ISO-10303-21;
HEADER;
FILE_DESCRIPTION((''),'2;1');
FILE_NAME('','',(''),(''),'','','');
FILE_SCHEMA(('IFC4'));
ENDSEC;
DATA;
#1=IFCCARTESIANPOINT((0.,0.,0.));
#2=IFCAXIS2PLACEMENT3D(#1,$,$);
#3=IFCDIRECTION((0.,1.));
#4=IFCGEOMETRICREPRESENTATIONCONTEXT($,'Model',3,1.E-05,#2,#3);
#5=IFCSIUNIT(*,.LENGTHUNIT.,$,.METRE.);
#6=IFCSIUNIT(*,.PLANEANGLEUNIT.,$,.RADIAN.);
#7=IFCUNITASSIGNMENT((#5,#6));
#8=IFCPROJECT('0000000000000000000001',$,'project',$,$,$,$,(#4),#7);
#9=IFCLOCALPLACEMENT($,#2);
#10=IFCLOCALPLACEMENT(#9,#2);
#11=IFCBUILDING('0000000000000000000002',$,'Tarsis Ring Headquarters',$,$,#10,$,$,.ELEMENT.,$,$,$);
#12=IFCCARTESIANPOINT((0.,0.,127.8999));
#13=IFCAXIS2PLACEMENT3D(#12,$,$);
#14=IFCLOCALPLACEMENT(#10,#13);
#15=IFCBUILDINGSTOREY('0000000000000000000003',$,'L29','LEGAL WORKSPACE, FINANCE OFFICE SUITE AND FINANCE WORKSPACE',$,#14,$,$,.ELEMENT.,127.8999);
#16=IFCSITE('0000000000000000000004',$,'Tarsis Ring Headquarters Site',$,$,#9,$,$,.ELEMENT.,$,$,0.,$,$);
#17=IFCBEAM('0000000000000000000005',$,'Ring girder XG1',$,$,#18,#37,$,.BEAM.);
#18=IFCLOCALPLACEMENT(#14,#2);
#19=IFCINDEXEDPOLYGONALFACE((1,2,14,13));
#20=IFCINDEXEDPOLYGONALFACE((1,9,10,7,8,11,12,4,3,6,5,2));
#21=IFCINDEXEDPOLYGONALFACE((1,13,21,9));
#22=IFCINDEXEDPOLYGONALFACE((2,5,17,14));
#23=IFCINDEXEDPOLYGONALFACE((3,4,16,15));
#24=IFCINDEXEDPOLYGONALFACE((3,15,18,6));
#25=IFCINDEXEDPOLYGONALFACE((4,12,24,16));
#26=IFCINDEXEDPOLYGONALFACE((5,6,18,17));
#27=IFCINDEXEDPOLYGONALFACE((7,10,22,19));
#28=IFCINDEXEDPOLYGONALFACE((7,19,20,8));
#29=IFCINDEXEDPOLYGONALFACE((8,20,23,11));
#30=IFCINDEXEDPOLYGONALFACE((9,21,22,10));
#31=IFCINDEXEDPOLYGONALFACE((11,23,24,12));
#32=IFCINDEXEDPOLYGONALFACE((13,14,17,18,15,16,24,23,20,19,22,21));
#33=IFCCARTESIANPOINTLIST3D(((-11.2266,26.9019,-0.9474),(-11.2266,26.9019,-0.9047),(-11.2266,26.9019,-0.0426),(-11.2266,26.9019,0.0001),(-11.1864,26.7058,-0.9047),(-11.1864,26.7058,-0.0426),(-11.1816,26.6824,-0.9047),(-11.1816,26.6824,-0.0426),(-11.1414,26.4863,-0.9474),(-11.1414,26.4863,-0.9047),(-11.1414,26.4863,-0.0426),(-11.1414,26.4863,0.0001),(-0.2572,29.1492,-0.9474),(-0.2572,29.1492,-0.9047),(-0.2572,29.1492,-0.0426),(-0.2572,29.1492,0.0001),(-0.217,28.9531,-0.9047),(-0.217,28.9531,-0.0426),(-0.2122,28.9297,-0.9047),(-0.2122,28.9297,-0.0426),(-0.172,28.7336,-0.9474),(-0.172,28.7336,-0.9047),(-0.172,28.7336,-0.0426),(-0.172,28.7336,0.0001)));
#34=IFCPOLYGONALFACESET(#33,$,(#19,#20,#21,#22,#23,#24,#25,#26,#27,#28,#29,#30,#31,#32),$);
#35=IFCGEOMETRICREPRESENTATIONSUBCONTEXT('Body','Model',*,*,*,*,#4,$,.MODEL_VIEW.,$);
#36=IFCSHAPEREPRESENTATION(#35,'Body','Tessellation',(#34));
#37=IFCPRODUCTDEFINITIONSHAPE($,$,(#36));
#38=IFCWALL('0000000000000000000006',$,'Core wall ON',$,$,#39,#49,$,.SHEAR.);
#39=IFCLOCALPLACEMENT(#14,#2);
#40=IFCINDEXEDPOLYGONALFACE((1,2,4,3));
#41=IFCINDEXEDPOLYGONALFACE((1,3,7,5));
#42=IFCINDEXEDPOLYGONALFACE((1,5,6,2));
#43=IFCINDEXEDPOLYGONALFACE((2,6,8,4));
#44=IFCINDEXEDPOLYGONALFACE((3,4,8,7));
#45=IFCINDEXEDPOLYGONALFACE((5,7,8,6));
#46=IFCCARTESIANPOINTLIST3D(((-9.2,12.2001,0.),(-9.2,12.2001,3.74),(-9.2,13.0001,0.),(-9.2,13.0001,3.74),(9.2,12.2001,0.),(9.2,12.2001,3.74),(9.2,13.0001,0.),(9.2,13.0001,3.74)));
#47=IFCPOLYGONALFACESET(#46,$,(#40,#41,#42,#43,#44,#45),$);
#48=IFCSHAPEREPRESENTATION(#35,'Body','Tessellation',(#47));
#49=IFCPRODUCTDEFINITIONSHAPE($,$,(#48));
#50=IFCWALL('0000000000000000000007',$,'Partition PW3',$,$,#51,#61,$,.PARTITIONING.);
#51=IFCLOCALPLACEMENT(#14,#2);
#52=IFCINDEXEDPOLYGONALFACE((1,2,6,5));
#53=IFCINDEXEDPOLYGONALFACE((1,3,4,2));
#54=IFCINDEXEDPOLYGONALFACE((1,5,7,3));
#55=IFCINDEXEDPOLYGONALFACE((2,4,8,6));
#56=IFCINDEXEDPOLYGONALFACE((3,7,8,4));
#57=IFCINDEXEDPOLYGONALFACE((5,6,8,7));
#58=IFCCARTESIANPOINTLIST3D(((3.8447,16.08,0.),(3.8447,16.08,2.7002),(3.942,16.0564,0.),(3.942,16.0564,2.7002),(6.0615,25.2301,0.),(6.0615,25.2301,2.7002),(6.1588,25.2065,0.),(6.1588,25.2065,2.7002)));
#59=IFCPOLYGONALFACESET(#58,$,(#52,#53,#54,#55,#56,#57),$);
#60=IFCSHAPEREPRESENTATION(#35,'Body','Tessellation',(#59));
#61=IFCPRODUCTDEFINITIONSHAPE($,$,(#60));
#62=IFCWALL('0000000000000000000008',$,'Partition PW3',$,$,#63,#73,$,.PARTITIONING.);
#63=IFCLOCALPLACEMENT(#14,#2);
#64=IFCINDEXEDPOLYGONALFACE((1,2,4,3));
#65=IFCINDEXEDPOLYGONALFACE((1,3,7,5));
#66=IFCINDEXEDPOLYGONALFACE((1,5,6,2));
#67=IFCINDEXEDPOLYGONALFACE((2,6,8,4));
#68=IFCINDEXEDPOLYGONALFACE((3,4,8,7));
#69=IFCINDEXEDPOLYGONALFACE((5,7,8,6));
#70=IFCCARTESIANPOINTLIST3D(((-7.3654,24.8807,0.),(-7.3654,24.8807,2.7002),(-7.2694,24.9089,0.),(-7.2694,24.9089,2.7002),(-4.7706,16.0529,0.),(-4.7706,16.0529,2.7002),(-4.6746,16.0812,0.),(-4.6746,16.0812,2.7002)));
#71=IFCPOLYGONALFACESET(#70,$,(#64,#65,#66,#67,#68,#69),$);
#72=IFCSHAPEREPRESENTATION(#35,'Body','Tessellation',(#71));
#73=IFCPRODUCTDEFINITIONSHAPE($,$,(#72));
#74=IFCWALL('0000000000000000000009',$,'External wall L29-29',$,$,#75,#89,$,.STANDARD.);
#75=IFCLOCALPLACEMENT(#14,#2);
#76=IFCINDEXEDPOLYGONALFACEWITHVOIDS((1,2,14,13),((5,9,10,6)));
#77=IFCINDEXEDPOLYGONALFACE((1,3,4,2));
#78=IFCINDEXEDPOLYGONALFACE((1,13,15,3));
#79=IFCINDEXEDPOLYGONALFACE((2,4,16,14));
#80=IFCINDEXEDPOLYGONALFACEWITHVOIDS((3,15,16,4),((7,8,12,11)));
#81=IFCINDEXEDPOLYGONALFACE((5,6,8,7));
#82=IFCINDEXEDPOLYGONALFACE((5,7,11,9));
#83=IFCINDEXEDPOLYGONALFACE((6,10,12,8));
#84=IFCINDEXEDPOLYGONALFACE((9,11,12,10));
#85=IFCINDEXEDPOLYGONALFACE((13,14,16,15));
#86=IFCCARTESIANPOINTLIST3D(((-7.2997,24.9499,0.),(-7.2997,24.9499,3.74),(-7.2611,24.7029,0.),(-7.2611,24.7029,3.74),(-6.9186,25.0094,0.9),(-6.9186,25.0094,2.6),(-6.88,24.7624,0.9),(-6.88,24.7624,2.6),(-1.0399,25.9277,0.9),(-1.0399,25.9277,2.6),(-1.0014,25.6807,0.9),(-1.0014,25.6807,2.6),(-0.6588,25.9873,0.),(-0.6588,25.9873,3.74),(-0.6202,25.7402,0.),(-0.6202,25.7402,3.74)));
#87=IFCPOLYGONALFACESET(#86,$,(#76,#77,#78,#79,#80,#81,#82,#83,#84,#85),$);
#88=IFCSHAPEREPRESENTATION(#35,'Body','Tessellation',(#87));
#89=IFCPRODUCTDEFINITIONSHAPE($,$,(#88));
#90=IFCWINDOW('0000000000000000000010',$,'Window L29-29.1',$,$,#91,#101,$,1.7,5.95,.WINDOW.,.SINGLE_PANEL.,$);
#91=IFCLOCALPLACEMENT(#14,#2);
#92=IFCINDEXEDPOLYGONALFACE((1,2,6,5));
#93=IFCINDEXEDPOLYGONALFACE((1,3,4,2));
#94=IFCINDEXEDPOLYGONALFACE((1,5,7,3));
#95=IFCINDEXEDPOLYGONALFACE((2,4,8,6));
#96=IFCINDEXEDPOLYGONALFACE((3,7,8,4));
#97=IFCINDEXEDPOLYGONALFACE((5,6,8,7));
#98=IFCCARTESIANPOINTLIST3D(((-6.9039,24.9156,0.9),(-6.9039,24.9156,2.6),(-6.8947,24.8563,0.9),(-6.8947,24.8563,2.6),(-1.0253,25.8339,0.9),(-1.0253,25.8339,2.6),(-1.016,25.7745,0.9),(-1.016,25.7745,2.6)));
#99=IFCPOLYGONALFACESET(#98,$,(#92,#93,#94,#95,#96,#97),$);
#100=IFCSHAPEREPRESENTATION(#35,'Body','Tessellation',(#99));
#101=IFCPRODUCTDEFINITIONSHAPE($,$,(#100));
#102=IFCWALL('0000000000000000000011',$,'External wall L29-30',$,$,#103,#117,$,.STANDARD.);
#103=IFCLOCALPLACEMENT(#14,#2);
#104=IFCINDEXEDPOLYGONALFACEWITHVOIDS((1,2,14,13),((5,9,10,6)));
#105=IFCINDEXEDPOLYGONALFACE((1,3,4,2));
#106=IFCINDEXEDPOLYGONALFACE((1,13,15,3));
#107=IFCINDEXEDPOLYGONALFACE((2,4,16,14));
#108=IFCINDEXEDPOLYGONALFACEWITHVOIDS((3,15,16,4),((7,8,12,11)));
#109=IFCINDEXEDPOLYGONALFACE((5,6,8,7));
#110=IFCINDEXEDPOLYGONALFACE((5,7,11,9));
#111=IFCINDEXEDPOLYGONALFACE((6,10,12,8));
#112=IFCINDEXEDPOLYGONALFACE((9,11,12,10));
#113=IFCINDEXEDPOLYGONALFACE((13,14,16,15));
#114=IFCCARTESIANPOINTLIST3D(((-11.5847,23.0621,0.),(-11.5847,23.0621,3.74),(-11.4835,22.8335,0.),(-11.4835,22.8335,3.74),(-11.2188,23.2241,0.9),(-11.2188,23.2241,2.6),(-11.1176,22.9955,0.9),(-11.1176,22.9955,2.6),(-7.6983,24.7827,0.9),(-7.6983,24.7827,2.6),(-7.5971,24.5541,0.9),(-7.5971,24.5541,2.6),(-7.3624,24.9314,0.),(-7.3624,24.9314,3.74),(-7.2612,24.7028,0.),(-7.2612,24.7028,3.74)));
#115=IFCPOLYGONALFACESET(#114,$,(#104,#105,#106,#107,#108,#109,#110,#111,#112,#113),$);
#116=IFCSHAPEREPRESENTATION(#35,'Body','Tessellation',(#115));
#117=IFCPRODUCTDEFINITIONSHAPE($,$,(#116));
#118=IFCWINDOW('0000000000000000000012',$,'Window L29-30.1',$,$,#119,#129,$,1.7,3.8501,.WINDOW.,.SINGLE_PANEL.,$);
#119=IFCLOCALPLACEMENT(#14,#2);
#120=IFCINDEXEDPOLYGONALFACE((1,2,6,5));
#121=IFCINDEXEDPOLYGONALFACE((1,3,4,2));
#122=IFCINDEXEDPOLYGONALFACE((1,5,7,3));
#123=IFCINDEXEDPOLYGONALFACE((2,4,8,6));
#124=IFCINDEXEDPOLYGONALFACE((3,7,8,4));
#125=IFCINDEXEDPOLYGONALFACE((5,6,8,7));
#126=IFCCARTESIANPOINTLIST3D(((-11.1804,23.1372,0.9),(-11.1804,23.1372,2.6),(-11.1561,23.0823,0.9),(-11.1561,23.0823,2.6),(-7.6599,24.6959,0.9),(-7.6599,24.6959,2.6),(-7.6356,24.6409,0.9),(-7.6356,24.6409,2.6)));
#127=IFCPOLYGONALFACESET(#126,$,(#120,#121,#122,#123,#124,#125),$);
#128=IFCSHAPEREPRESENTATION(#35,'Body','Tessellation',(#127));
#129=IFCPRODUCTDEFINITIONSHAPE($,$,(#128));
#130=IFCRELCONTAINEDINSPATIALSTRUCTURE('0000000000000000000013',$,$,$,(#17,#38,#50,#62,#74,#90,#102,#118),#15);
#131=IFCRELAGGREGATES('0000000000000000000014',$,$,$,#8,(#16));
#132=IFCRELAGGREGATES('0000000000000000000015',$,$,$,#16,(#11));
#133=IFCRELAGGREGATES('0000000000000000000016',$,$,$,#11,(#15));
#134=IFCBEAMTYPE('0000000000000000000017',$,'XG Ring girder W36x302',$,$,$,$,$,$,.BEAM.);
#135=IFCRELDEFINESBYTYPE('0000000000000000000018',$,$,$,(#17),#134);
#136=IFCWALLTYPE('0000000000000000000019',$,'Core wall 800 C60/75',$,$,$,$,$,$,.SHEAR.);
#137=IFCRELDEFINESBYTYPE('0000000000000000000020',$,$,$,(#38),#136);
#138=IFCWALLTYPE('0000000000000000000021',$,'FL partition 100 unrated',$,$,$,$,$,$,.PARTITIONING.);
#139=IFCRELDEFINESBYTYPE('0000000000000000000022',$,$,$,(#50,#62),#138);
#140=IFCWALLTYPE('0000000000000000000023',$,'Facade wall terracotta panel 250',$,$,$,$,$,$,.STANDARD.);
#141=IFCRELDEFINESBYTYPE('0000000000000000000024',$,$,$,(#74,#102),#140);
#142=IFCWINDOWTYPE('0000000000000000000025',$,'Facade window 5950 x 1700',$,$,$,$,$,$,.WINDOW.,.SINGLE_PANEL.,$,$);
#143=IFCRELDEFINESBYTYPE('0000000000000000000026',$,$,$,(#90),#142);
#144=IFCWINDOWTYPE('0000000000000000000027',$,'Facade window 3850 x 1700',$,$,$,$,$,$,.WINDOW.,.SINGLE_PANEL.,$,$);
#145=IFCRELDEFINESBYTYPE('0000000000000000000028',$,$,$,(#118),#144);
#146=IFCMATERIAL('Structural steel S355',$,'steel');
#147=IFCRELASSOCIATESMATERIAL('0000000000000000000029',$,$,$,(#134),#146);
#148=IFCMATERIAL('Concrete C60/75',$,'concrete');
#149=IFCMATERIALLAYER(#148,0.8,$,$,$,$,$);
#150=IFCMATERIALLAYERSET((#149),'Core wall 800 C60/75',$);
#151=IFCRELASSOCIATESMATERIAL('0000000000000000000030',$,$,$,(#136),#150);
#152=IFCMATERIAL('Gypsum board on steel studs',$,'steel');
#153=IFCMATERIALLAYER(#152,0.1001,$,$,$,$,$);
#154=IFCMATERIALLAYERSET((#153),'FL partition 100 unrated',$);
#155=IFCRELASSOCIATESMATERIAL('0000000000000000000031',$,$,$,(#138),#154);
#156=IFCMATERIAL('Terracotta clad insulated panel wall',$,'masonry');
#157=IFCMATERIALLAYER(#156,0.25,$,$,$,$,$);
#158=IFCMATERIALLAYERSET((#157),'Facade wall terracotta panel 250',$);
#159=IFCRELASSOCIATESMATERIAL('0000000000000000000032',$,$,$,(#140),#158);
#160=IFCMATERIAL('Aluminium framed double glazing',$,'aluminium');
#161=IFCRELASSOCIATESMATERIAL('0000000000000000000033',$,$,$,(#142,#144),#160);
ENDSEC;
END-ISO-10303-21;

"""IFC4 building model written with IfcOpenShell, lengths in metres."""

from ifc_helpers import new_model, si_unit, direction, frame, frame_2d, origin, origin_2d, place, context, subcontext, project, spatial, rectangle, i_section, extrude, material, layer, layer_set, material_profile, profile_set, type_object, element, fill, save


model = new_model("IFC4")

# Units and contexts
model_context = context("Model", 3, precision=1e-05, world=origin(), true_north=direction((0.0, 1.0)))
body_context = subcontext(model_context, "Body", "Model", "MODEL_VIEW")
ifc_project = project(units=[si_unit("LENGTHUNIT", "METRE"), si_unit("PLANEANGLEUNIT", "RADIAN")], contexts=[model_context])

# Site, building, storey
site_placement = place(None, origin())
site = spatial("IfcSite", under=ifc_project, at=site_placement, Name="Tarsis Ring Headquarters Site", CompositionType="ELEMENT", RefElevation=0.0)
building_placement = place(site_placement, origin())
building = spatial("IfcBuilding", under=site, at=building_placement, Name="Tarsis Ring Headquarters", CompositionType="ELEMENT")
storey_placement = place(building_placement, frame((0.0, 0.0, 127.8999)))
storey = spatial("IfcBuildingStorey", under=building, at=storey_placement, Name="L29", Description="LEGAL WORKSPACE, FINANCE OFFICE SUITE AND FINANCE WORKSPACE", CompositionType="ELEMENT", Elevation=127.8999)

# Shared definitions
ifc_material_1 = material(Name="Structural steel S355", Category="steel")

# Beam
ifc_material_profile_1 = material_profile(ifc_material_1, i_section(OverallWidth=0.4243, OverallDepth=0.9475, WebThickness=0.0239, FlangeThickness=0.0427, at=origin_2d()), Name="W36x302")
ifc_profile_set_1 = profile_set([ifc_material_profile_1], Name="Structural steel S355")
beam_type_1 = type_object("IfcBeamType", Name="XG Ring girder W36x302", PredefinedType="BEAM", material=ifc_profile_set_1)
beam_1_placement = place(storey_placement, frame((-0.2146, 28.9414, -0.4736), z_axis=(-0.979653, -0.200701, 0.0), x_axis=(0.200701, -0.979653, 0.0)))
element("IfcBeam", 1, at=beam_1_placement, inside=storey, type_object=beam_type_1, Name="Ring girder XG1", PredefinedType="BEAM", context=body_context, shape_type="SweptSolid", body=[
    extrude(i_section(OverallWidth=0.4243, OverallDepth=0.9475, WebThickness=0.0239, FlangeThickness=0.0427, at=origin_2d()), origin(), (0.0, 0.0, 1.0), 11.1973),
])

# Walls
ifc_material_2 = material(Name="Concrete C60/75", Category="concrete")
ifc_layer_1 = layer(ifc_material_2, 0.8)
ifc_layer_set_1 = layer_set([ifc_layer_1], Name="Core wall 800 C60/75")
wall_type_1 = type_object("IfcWallType", Name="Core wall 800 C60/75", PredefinedType="SHEAR", material=ifc_layer_set_1)
wall_1_placement = place(storey_placement, frame((-9.2, 12.6001, 0.0), z_axis=(0.0, 0.0, 1.0), x_axis=(1.0, 0.0, 0.0)))
element("IfcWall", 2, at=wall_1_placement, inside=storey, type_object=wall_type_1, Name="Core wall ON", PredefinedType="SHEAR", context=body_context, shape_type="SweptSolid", body=[
    extrude(rectangle(XDim=18.3999, YDim=0.8, at=frame_2d((9.2, 0.0))), origin(), (0.0, 0.0, 1.0), 3.74),
])
ifc_material_3 = material(Name="Gypsum board on steel studs", Category="steel")
ifc_layer_2 = layer(ifc_material_3, 0.1001)
ifc_layer_set_2 = layer_set([ifc_layer_2], Name="FL partition 100 unrated")
wall_type_2 = type_object("IfcWallType", Name="FL partition 100 unrated", PredefinedType="PARTITIONING", material=ifc_layer_set_2)
wall_2_placement = place(storey_placement, frame((3.8933, 16.0681, 0.0), z_axis=(0.0, 0.0, 1.0), x_axis=(0.235458, 0.971885, 0.0)))
element("IfcWall", 3, at=wall_2_placement, inside=storey, type_object=wall_type_2, Name="Partition PW3", PredefinedType="PARTITIONING", context=body_context, shape_type="SweptSolid", body=[
    extrude(rectangle(XDim=9.4148, YDim=0.1001, at=frame_2d((4.7075, 0.0))), origin(), (0.0, 0.0, 1.0), 2.7002),
])
wall_3_placement = place(storey_placement, frame((-7.3174, 24.8948, 0.0), z_axis=(0.0, 0.0, 1.0), x_axis=(0.282003, -0.959414, 0.0)))
element("IfcWall", 4, at=wall_3_placement, inside=storey, type_object=wall_type_2, Name="Partition PW3", PredefinedType="PARTITIONING", context=body_context, shape_type="SweptSolid", body=[
    extrude(rectangle(XDim=9.2012, YDim=0.1001, at=frame_2d((4.6006, 0.0))), origin(), (0.0, 0.0, 1.0), 2.7002),
])

# Walls, openings, windows
ifc_material_4 = material(Name="Terracotta clad insulated panel wall", Category="masonry")
ifc_layer_3 = layer(ifc_material_4, 0.25)
ifc_layer_set_3 = layer_set([ifc_layer_3], Name="Facade wall terracotta panel 250")
wall_type_3 = type_object("IfcWallType", Name="Facade wall terracotta panel 250", PredefinedType="STANDARD", material=ifc_layer_set_3)
wall_4_placement = place(storey_placement, frame((-0.6394, 25.8638, 0.0), z_axis=(0.0, 0.0, 1.0), x_axis=(-0.988018, -0.154336, 0.0)))
wall_4 = element("IfcWall", 5, at=wall_4_placement, inside=storey, type_object=wall_type_3, Name="External wall L29-29", PredefinedType="STANDARD", context=body_context, shape_type="SweptSolid", body=[
    extrude(rectangle(XDim=6.7214, YDim=0.25, at=frame_2d((3.3608, 0.0))), origin(), (0.0, 0.0, 1.0), 3.74),
])
opening_1_placement = place(wall_4_placement, frame((0.3857, 0.0, 0.8999)))
opening_1 = element("IfcOpeningElement", 6, at=opening_1_placement, cuts=wall_4, PredefinedType="OPENING", context=body_context, shape_type="SweptSolid", body=[
    extrude(rectangle(XDim=5.95, YDim=1.7, at=frame_2d((2.9751, 0.8501))), frame((0.0, 0.135, 0.0), z_axis=(0.0, -1.0, 0.0), x_axis=(1.0, 0.0, 0.0)), (0.0, 0.0, 1.0), 0.27),
])
ifc_material_5 = material(Name="Aluminium framed double glazing", Category="aluminium")
window_type_1 = type_object("IfcWindowType", Name="Facade window 5950 x 1700", PartitioningType="SINGLE_PANEL", PredefinedType="WINDOW", material=ifc_material_5)
window_1_placement = place(opening_1_placement, origin())
window_1 = element("IfcWindow", 7, at=window_1_placement, inside=storey, type_object=window_type_1, Name="Window L29-29.1", OverallHeight=1.7, OverallWidth=5.95, PartitioningType="SINGLE_PANEL", PredefinedType="WINDOW", context=body_context, shape_type="SweptSolid", body=[
    extrude(rectangle(XDim=5.95, YDim=1.7, at=frame_2d((2.9751, 0.8501))), frame((0.0, 0.03, 0.0), z_axis=(0.0, -1.0, 0.0), x_axis=(1.0, 0.0, 0.0)), (0.0, 0.0, 1.0), 0.0601),
])
fill(opening_1, window_1)
wall_5_placement = place(storey_placement, frame((-7.3118, 24.8171, 0.0), z_axis=(0.0, 0.0, 1.0), x_axis=(-0.914393, -0.404828, 0.0)))
wall_5 = element("IfcWall", 8, at=wall_5_placement, inside=storey, type_object=wall_type_3, Name="External wall L29-30", PredefinedType="STANDARD", context=body_context, shape_type="SweptSolid", body=[
    extrude(rectangle(XDim=4.6177, YDim=0.25, at=frame_2d((2.3088, 0.0))), origin(), (0.0, 0.0, 1.0), 3.74),
])
opening_2_placement = place(wall_5_placement, frame((0.3674, 0.0, 0.8999)))
opening_2 = element("IfcOpeningElement", 9, at=opening_2_placement, cuts=wall_5, PredefinedType="OPENING", context=body_context, shape_type="SweptSolid", body=[
    extrude(rectangle(XDim=3.8501, YDim=1.7, at=frame_2d((1.925, 0.8501))), frame((0.0, 0.135, 0.0), z_axis=(0.0, -1.0, 0.0), x_axis=(1.0, 0.0, 0.0)), (0.0, 0.0, 1.0), 0.27),
])
window_type_2 = type_object("IfcWindowType", Name="Facade window 3850 x 1700", PartitioningType="SINGLE_PANEL", PredefinedType="WINDOW", material=ifc_material_5)
window_2_placement = place(opening_2_placement, origin())
window_2 = element("IfcWindow", 10, at=window_2_placement, inside=storey, type_object=window_type_2, Name="Window L29-30.1", OverallHeight=1.7, OverallWidth=3.8501, PartitioningType="SINGLE_PANEL", PredefinedType="WINDOW", context=body_context, shape_type="SweptSolid", body=[
    extrude(rectangle(XDim=3.8501, YDim=1.7, at=frame_2d((1.925, 0.8501))), frame((0.0, 0.03, 0.0), z_axis=(0.0, -1.0, 0.0), x_axis=(1.0, 0.0, 0.0)), (0.0, 0.0, 1.0), 0.0601),
])
fill(opening_2, window_2)

save(model, "model.ifc")
